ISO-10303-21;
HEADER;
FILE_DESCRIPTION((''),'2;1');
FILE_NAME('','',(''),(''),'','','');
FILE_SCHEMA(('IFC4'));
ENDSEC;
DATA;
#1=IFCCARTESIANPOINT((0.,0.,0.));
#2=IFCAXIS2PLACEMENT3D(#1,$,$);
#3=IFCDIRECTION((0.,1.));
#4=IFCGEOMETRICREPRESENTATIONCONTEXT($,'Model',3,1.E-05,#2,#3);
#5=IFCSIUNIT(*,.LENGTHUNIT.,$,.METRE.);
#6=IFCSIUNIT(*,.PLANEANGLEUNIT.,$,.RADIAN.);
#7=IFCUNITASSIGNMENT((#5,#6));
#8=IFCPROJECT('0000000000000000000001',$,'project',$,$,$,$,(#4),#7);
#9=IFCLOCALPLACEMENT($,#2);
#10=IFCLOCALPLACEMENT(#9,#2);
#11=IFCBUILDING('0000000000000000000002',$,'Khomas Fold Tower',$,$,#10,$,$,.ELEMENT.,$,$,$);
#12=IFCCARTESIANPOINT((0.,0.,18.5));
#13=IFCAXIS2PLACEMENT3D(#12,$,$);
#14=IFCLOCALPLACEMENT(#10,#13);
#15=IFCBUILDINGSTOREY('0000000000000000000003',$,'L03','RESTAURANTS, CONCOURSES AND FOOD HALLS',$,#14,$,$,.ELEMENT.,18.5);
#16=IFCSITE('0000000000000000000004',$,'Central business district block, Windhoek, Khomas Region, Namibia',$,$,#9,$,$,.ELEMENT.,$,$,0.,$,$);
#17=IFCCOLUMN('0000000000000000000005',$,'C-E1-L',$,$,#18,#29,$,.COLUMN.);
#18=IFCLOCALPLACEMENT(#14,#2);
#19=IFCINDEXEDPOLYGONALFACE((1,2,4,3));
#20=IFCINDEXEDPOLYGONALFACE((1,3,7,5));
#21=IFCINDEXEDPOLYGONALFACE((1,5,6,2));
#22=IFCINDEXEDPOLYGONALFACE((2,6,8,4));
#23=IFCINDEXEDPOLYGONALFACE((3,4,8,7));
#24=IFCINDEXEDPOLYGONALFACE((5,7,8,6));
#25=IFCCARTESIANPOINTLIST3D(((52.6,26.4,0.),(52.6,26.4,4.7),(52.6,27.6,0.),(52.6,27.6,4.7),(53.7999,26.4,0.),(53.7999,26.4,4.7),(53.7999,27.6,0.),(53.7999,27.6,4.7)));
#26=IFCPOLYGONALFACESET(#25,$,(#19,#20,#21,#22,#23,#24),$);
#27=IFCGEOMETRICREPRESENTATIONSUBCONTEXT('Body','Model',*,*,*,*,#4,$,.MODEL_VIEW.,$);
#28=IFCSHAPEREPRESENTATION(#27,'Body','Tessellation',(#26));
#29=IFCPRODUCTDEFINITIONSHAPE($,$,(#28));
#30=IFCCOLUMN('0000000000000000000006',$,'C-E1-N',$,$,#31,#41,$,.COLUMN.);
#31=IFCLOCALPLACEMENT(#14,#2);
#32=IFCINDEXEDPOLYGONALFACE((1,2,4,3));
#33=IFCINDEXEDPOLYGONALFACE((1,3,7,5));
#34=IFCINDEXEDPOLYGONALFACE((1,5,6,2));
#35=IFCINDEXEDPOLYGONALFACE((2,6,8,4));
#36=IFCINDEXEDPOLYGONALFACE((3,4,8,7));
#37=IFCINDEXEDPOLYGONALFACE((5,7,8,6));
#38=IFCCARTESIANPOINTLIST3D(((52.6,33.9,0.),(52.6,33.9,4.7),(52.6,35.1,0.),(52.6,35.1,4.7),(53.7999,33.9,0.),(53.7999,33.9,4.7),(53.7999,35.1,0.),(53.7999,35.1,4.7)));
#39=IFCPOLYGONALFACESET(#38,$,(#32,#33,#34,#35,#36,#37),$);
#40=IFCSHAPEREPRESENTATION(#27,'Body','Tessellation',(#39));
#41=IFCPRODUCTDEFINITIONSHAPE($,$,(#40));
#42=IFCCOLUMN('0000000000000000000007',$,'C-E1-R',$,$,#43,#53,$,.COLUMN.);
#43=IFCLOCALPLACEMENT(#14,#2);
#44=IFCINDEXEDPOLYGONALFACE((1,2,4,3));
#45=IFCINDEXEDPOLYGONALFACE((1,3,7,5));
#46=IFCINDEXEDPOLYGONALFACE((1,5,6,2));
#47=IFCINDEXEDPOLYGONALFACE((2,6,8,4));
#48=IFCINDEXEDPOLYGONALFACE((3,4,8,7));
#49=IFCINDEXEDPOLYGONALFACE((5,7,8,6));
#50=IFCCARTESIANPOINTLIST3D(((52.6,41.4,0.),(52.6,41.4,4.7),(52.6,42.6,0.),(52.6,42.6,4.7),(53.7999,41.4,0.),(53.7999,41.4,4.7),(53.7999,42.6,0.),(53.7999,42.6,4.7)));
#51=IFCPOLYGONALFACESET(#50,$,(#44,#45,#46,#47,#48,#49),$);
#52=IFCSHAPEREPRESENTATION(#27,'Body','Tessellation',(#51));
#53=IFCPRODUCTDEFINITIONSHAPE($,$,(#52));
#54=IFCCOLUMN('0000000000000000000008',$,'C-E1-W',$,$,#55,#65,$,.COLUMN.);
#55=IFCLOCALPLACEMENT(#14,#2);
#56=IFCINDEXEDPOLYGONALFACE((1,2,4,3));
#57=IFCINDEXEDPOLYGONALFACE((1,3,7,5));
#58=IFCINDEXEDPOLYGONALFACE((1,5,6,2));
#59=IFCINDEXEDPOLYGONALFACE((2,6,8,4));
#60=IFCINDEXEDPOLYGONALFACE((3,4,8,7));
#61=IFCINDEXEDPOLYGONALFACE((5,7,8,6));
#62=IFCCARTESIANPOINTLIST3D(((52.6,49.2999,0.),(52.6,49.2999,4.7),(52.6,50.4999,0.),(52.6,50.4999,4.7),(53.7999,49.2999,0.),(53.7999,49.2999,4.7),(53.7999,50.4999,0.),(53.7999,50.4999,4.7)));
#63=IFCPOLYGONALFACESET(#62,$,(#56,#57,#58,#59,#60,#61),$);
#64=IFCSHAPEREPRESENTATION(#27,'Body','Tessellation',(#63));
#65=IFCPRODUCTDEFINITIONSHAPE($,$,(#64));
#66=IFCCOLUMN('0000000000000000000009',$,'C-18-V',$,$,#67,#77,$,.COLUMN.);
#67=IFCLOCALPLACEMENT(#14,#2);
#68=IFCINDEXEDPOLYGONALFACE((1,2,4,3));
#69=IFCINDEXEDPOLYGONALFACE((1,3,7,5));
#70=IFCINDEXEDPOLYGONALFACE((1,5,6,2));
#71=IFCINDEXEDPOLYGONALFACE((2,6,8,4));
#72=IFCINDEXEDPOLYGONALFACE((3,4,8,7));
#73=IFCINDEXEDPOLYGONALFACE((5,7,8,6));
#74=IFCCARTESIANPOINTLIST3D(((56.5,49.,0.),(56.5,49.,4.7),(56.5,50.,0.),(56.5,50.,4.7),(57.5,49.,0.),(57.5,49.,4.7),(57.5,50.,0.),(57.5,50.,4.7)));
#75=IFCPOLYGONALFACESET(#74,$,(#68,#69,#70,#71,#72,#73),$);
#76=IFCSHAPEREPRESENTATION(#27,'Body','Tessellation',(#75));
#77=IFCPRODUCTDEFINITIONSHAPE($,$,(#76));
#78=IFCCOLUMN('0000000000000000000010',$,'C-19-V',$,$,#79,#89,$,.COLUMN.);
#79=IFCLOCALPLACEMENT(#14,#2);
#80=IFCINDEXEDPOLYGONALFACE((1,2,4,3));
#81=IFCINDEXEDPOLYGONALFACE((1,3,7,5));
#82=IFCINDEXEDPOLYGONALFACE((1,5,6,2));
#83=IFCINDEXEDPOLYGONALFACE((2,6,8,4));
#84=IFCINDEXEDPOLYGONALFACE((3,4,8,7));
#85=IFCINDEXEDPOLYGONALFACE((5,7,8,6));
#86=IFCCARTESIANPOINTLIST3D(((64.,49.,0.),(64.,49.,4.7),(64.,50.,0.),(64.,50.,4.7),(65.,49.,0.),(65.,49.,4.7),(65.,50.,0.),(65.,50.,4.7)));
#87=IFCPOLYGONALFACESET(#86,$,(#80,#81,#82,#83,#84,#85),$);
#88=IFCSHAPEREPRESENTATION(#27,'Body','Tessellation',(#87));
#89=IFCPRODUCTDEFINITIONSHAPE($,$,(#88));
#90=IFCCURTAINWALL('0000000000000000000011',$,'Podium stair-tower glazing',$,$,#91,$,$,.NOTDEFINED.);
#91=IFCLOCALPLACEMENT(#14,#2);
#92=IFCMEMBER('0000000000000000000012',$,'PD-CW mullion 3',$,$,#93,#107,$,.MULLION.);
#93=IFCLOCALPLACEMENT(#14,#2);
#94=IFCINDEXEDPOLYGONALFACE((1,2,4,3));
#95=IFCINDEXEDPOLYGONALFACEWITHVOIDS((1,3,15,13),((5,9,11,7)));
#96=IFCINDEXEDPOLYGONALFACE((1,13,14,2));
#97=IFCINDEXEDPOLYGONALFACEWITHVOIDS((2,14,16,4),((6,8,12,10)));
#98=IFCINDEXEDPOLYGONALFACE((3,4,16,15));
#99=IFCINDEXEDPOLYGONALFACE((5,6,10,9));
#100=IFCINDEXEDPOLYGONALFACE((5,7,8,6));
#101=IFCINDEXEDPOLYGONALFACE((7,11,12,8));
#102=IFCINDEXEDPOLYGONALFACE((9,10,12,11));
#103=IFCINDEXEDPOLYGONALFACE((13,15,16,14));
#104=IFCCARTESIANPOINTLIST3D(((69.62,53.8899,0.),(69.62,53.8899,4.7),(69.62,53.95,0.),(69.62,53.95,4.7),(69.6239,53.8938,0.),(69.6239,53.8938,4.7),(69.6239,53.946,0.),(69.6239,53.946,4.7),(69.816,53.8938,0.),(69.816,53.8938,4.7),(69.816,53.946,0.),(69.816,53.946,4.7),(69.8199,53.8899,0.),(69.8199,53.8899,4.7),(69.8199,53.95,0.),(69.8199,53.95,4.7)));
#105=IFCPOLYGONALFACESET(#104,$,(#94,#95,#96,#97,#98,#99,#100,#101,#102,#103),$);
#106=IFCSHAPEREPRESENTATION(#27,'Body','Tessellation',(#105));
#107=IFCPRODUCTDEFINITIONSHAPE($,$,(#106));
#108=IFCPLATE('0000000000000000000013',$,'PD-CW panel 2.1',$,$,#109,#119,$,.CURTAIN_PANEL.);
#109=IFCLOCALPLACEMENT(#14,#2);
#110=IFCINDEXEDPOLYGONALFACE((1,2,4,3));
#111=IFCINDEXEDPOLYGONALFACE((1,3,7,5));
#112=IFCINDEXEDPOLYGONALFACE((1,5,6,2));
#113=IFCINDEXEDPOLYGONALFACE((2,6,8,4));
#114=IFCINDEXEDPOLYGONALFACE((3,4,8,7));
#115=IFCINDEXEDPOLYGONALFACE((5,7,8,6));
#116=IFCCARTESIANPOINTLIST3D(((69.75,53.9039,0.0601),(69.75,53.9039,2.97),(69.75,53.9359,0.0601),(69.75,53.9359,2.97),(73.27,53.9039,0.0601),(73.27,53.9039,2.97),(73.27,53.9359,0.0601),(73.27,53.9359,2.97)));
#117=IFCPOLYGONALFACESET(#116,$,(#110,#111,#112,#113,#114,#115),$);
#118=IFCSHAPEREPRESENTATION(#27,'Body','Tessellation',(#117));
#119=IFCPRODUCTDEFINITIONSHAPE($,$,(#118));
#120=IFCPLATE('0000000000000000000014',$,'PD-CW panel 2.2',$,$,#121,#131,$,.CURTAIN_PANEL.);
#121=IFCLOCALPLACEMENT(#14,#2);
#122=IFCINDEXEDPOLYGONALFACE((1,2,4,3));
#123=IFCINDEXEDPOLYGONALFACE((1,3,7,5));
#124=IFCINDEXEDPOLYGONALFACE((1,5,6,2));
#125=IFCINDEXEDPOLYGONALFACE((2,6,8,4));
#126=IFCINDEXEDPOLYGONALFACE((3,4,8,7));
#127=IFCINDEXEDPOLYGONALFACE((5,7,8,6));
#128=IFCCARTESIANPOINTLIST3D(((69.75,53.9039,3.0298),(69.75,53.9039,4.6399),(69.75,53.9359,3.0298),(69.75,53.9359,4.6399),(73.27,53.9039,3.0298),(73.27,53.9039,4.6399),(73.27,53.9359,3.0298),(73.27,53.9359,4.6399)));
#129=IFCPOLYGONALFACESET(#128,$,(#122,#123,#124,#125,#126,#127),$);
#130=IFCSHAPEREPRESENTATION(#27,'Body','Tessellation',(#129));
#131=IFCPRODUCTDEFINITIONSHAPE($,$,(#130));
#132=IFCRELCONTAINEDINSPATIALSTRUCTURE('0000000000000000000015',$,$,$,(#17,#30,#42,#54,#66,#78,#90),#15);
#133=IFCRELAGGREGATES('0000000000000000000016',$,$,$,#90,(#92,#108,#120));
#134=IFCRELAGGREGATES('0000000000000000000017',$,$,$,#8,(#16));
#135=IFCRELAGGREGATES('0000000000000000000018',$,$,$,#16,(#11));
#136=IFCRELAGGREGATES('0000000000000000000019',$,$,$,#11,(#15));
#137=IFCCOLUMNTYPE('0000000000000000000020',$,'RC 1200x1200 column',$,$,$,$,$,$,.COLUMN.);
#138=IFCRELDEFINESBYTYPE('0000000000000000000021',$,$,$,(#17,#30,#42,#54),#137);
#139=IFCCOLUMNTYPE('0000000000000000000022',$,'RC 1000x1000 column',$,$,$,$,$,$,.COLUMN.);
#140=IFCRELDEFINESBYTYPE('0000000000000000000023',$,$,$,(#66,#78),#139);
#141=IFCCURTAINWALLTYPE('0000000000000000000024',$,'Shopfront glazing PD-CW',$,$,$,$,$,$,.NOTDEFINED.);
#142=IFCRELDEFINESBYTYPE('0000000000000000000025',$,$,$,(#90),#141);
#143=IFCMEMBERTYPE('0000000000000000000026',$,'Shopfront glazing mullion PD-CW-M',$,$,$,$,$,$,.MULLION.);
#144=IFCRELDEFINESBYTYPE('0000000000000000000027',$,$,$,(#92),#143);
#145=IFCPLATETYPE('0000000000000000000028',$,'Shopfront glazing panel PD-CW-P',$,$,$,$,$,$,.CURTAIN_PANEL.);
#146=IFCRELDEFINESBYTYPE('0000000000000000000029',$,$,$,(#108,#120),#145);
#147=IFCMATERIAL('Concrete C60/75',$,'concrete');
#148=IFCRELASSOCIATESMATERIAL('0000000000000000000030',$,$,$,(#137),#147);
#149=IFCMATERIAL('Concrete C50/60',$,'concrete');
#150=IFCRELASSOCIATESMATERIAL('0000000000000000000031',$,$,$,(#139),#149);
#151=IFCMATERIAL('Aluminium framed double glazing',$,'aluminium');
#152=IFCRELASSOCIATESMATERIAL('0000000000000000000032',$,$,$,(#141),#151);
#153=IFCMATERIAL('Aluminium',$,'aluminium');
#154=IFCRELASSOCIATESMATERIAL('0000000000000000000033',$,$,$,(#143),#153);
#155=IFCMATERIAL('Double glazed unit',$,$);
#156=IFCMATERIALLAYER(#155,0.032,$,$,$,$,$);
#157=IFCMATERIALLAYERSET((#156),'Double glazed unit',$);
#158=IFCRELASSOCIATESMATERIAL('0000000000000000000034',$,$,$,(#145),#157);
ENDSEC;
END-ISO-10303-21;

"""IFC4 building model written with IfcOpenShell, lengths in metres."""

from ifc_helpers import new_model, si_unit, direction, frame, origin, origin_2d, place, context, subcontext, project, spatial, rectangle, hollow_rectangle, extrude, source, transform, mapped, material, layer, layer_set, material_profile, profile_set, type_object, element, aggregate, save


model = new_model("IFC4")

# Units and contexts
model_context = context("Model", 3, precision=1e-05, world=origin(), true_north=direction((0.0, 1.0)))
body_context = subcontext(model_context, "Body", "Model", "MODEL_VIEW")
ifc_project = project(units=[si_unit("LENGTHUNIT", "METRE"), si_unit("PLANEANGLEUNIT", "RADIAN")], contexts=[model_context])

# Site, building, storey
site_placement = place(None, origin())
site = spatial("IfcSite", under=ifc_project, at=site_placement, Name="Central business district block, Windhoek, Khomas Region, Namibia", CompositionType="ELEMENT", RefElevation=0.0)
building_placement = place(site_placement, origin())
building = spatial("IfcBuilding", under=site, at=building_placement, Name="Khomas Fold Tower", CompositionType="ELEMENT")
storey_placement = place(building_placement, frame((0.0, 0.0, 18.5)))
storey = spatial("IfcBuildingStorey", under=building, at=storey_placement, Name="L03", Description="RESTAURANTS, CONCOURSES AND FOOD HALLS", CompositionType="ELEMENT", Elevation=18.5)

# Columns
ifc_material_1 = material(Name="Concrete C60/75", Category="concrete")
ifc_material_profile_1 = material_profile(ifc_material_1, rectangle(XDim=1.2, YDim=1.2, at=origin_2d()), Name="RC 1200x1200")
ifc_profile_set_1 = profile_set([ifc_material_profile_1], Name="Concrete C60/75")
column_type_1 = type_object("IfcColumnType", Name="RC 1200x1200 column", PredefinedType="COLUMN", material=ifc_profile_set_1)
shared_shape_1 = source(origin(), body_context, "Body", "SweptSolid", [
    extrude(rectangle(XDim=1.2, YDim=1.2, at=origin_2d()), origin(), (0.0, 0.0, 1.0), 4.7),
])
for number, where, z_axis, x_axis, name in (
    (1, (53.2, 27.0, 0.0), (0.0, 0.0, 1.0), (1.0, 0.0, 0.0), "C-E1-L"),
    (2, (53.2, 34.5, 0.0), (0.0, 0.0, 1.0), (1.0, 0.0, 0.0), "C-E1-N"),
    (3, (53.2, 42.0, 0.0), (0.0, 0.0, 1.0), (1.0, 0.0, 0.0), "C-E1-R"),
    (4, (53.2, 49.8999, 0.0), (0.0, 0.0, 1.0), (1.0, 0.0, 0.0), "C-E1-W"),
):
    element("IfcColumn", number, at=place(storey_placement, frame(where, z_axis=z_axis, x_axis=x_axis)), inside=storey, type_object=column_type_1, Name=name, PredefinedType="COLUMN", context=body_context, shape_type="MappedRepresentation", body=[
        mapped(shared_shape_1, transform((0.0, 0.0, 0.0))),
    ])
ifc_material_2 = material(Name="Concrete C50/60", Category="concrete")
ifc_material_profile_2 = material_profile(ifc_material_2, rectangle(XDim=1.0, YDim=1.0, at=origin_2d()), Name="RC 1000x1000")
ifc_profile_set_2 = profile_set([ifc_material_profile_2], Name="Concrete C50/60")
column_type_2 = type_object("IfcColumnType", Name="RC 1000x1000 column", PredefinedType="COLUMN", material=ifc_profile_set_2)
shared_shape_2 = source(origin(), body_context, "Body", "SweptSolid", [
    extrude(rectangle(XDim=1.0, YDim=1.0, at=origin_2d()), origin(), (0.0, 0.0, 1.0), 4.7),
])
for number, where, z_axis, x_axis, name in (
    (5, (57.0, 49.5, 0.0), (0.0, 0.0, 1.0), (1.0, 0.0, 0.0), "C-18-V"),
    (6, (64.5, 49.5, 0.0), (0.0, 0.0, 1.0), (1.0, 0.0, 0.0), "C-19-V"),
):
    element("IfcColumn", number, at=place(storey_placement, frame(where, z_axis=z_axis, x_axis=x_axis)), inside=storey, type_object=column_type_2, Name=name, PredefinedType="COLUMN", context=body_context, shape_type="MappedRepresentation", body=[
        mapped(shared_shape_2, transform((0.0, 0.0, 0.0))),
    ])

# Curtain wall, member, plates
ifc_material_3 = material(Name="Aluminium framed double glazing", Category="aluminium")
curtain_wall_type = type_object("IfcCurtainWallType", Name="Shopfront glazing PD-CW", PredefinedType="NOTDEFINED", material=ifc_material_3)
curtain_wall_placement = place(storey_placement, origin())
curtain_wall = element("IfcCurtainWall", 7, at=curtain_wall_placement, inside=storey, type_object=curtain_wall_type, Name="Podium stair-tower glazing", PredefinedType="NOTDEFINED")
ifc_material_4 = material(Name="Aluminium", Category="aluminium")
ifc_material_profile_3 = material_profile(ifc_material_4, hollow_rectangle(XDim=0.0601, YDim=0.2, WallThickness=0.0039, at=origin_2d()), Name="Shopfront glazing mullion PD-CW-M")
ifc_profile_set_3 = profile_set([ifc_material_profile_3], Name="Aluminium")
member_type = type_object("IfcMemberType", Name="Shopfront glazing mullion PD-CW-M", PredefinedType="MULLION", material=ifc_profile_set_3)
shared_shape_3 = source(origin(), body_context, "Body", "SweptSolid", [
    extrude(hollow_rectangle(XDim=0.0601, YDim=0.2, WallThickness=0.0039, at=origin_2d()), origin(), (0.0, 0.0, 1.0), 4.7),
])
member_placement = place(storey_placement, frame((69.72, 53.9199, 0.0), z_axis=(0.0, 0.0, 1.0), x_axis=(0.0, -1.0, 0.0)))
member = element("IfcMember", 8, at=member_placement, type_object=member_type, Name="PD-CW mullion 3", PredefinedType="MULLION", context=body_context, shape_type="MappedRepresentation", body=[
    mapped(shared_shape_3, transform((0.0, 0.0, 0.0))),
])
ifc_material_5 = material(Name="Double glazed unit")
ifc_layer_1 = layer(ifc_material_5, 0.032)
ifc_layer_set_1 = layer_set([ifc_layer_1], Name="Double glazed unit")
plate_type = type_object("IfcPlateType", Name="Shopfront glazing panel PD-CW-P", PredefinedType="CURTAIN_PANEL", material=ifc_layer_set_1)
shared_shape_4 = source(origin(), body_context, "Body", "SweptSolid", [
    extrude(rectangle(XDim=3.52, YDim=0.032, at=origin_2d()), origin(), (0.0, 0.0, 1.0), 2.9099),
])
plate_1_placement = place(storey_placement, frame((71.51, 53.9199, 0.0601), z_axis=(0.0, 0.0, 1.0), x_axis=(-1.0, 0.0, 0.0)))
plate_1 = element("IfcPlate", 9, at=plate_1_placement, type_object=plate_type, Name="PD-CW panel 2.1", PredefinedType="CURTAIN_PANEL", context=body_context, shape_type="MappedRepresentation", body=[
    mapped(shared_shape_4, transform((0.0, 0.0, 0.0))),
])
shared_shape_5 = source(origin(), body_context, "Body", "SweptSolid", [
    extrude(rectangle(XDim=3.52, YDim=0.032, at=origin_2d()), origin(), (0.0, 0.0, 1.0), 1.6101),
])
plate_2_placement = place(storey_placement, frame((71.51, 53.9199, 3.0298), z_axis=(0.0, 0.0, 1.0), x_axis=(-1.0, 0.0, 0.0)))
plate_2 = element("IfcPlate", 10, at=plate_2_placement, type_object=plate_type, Name="PD-CW panel 2.2", PredefinedType="CURTAIN_PANEL", context=body_context, shape_type="MappedRepresentation", body=[
    mapped(shared_shape_5, transform((0.0, 0.0, 0.0))),
])
aggregate(curtain_wall, [member, plate_1, plate_2])

save(model, "model.ifc")
